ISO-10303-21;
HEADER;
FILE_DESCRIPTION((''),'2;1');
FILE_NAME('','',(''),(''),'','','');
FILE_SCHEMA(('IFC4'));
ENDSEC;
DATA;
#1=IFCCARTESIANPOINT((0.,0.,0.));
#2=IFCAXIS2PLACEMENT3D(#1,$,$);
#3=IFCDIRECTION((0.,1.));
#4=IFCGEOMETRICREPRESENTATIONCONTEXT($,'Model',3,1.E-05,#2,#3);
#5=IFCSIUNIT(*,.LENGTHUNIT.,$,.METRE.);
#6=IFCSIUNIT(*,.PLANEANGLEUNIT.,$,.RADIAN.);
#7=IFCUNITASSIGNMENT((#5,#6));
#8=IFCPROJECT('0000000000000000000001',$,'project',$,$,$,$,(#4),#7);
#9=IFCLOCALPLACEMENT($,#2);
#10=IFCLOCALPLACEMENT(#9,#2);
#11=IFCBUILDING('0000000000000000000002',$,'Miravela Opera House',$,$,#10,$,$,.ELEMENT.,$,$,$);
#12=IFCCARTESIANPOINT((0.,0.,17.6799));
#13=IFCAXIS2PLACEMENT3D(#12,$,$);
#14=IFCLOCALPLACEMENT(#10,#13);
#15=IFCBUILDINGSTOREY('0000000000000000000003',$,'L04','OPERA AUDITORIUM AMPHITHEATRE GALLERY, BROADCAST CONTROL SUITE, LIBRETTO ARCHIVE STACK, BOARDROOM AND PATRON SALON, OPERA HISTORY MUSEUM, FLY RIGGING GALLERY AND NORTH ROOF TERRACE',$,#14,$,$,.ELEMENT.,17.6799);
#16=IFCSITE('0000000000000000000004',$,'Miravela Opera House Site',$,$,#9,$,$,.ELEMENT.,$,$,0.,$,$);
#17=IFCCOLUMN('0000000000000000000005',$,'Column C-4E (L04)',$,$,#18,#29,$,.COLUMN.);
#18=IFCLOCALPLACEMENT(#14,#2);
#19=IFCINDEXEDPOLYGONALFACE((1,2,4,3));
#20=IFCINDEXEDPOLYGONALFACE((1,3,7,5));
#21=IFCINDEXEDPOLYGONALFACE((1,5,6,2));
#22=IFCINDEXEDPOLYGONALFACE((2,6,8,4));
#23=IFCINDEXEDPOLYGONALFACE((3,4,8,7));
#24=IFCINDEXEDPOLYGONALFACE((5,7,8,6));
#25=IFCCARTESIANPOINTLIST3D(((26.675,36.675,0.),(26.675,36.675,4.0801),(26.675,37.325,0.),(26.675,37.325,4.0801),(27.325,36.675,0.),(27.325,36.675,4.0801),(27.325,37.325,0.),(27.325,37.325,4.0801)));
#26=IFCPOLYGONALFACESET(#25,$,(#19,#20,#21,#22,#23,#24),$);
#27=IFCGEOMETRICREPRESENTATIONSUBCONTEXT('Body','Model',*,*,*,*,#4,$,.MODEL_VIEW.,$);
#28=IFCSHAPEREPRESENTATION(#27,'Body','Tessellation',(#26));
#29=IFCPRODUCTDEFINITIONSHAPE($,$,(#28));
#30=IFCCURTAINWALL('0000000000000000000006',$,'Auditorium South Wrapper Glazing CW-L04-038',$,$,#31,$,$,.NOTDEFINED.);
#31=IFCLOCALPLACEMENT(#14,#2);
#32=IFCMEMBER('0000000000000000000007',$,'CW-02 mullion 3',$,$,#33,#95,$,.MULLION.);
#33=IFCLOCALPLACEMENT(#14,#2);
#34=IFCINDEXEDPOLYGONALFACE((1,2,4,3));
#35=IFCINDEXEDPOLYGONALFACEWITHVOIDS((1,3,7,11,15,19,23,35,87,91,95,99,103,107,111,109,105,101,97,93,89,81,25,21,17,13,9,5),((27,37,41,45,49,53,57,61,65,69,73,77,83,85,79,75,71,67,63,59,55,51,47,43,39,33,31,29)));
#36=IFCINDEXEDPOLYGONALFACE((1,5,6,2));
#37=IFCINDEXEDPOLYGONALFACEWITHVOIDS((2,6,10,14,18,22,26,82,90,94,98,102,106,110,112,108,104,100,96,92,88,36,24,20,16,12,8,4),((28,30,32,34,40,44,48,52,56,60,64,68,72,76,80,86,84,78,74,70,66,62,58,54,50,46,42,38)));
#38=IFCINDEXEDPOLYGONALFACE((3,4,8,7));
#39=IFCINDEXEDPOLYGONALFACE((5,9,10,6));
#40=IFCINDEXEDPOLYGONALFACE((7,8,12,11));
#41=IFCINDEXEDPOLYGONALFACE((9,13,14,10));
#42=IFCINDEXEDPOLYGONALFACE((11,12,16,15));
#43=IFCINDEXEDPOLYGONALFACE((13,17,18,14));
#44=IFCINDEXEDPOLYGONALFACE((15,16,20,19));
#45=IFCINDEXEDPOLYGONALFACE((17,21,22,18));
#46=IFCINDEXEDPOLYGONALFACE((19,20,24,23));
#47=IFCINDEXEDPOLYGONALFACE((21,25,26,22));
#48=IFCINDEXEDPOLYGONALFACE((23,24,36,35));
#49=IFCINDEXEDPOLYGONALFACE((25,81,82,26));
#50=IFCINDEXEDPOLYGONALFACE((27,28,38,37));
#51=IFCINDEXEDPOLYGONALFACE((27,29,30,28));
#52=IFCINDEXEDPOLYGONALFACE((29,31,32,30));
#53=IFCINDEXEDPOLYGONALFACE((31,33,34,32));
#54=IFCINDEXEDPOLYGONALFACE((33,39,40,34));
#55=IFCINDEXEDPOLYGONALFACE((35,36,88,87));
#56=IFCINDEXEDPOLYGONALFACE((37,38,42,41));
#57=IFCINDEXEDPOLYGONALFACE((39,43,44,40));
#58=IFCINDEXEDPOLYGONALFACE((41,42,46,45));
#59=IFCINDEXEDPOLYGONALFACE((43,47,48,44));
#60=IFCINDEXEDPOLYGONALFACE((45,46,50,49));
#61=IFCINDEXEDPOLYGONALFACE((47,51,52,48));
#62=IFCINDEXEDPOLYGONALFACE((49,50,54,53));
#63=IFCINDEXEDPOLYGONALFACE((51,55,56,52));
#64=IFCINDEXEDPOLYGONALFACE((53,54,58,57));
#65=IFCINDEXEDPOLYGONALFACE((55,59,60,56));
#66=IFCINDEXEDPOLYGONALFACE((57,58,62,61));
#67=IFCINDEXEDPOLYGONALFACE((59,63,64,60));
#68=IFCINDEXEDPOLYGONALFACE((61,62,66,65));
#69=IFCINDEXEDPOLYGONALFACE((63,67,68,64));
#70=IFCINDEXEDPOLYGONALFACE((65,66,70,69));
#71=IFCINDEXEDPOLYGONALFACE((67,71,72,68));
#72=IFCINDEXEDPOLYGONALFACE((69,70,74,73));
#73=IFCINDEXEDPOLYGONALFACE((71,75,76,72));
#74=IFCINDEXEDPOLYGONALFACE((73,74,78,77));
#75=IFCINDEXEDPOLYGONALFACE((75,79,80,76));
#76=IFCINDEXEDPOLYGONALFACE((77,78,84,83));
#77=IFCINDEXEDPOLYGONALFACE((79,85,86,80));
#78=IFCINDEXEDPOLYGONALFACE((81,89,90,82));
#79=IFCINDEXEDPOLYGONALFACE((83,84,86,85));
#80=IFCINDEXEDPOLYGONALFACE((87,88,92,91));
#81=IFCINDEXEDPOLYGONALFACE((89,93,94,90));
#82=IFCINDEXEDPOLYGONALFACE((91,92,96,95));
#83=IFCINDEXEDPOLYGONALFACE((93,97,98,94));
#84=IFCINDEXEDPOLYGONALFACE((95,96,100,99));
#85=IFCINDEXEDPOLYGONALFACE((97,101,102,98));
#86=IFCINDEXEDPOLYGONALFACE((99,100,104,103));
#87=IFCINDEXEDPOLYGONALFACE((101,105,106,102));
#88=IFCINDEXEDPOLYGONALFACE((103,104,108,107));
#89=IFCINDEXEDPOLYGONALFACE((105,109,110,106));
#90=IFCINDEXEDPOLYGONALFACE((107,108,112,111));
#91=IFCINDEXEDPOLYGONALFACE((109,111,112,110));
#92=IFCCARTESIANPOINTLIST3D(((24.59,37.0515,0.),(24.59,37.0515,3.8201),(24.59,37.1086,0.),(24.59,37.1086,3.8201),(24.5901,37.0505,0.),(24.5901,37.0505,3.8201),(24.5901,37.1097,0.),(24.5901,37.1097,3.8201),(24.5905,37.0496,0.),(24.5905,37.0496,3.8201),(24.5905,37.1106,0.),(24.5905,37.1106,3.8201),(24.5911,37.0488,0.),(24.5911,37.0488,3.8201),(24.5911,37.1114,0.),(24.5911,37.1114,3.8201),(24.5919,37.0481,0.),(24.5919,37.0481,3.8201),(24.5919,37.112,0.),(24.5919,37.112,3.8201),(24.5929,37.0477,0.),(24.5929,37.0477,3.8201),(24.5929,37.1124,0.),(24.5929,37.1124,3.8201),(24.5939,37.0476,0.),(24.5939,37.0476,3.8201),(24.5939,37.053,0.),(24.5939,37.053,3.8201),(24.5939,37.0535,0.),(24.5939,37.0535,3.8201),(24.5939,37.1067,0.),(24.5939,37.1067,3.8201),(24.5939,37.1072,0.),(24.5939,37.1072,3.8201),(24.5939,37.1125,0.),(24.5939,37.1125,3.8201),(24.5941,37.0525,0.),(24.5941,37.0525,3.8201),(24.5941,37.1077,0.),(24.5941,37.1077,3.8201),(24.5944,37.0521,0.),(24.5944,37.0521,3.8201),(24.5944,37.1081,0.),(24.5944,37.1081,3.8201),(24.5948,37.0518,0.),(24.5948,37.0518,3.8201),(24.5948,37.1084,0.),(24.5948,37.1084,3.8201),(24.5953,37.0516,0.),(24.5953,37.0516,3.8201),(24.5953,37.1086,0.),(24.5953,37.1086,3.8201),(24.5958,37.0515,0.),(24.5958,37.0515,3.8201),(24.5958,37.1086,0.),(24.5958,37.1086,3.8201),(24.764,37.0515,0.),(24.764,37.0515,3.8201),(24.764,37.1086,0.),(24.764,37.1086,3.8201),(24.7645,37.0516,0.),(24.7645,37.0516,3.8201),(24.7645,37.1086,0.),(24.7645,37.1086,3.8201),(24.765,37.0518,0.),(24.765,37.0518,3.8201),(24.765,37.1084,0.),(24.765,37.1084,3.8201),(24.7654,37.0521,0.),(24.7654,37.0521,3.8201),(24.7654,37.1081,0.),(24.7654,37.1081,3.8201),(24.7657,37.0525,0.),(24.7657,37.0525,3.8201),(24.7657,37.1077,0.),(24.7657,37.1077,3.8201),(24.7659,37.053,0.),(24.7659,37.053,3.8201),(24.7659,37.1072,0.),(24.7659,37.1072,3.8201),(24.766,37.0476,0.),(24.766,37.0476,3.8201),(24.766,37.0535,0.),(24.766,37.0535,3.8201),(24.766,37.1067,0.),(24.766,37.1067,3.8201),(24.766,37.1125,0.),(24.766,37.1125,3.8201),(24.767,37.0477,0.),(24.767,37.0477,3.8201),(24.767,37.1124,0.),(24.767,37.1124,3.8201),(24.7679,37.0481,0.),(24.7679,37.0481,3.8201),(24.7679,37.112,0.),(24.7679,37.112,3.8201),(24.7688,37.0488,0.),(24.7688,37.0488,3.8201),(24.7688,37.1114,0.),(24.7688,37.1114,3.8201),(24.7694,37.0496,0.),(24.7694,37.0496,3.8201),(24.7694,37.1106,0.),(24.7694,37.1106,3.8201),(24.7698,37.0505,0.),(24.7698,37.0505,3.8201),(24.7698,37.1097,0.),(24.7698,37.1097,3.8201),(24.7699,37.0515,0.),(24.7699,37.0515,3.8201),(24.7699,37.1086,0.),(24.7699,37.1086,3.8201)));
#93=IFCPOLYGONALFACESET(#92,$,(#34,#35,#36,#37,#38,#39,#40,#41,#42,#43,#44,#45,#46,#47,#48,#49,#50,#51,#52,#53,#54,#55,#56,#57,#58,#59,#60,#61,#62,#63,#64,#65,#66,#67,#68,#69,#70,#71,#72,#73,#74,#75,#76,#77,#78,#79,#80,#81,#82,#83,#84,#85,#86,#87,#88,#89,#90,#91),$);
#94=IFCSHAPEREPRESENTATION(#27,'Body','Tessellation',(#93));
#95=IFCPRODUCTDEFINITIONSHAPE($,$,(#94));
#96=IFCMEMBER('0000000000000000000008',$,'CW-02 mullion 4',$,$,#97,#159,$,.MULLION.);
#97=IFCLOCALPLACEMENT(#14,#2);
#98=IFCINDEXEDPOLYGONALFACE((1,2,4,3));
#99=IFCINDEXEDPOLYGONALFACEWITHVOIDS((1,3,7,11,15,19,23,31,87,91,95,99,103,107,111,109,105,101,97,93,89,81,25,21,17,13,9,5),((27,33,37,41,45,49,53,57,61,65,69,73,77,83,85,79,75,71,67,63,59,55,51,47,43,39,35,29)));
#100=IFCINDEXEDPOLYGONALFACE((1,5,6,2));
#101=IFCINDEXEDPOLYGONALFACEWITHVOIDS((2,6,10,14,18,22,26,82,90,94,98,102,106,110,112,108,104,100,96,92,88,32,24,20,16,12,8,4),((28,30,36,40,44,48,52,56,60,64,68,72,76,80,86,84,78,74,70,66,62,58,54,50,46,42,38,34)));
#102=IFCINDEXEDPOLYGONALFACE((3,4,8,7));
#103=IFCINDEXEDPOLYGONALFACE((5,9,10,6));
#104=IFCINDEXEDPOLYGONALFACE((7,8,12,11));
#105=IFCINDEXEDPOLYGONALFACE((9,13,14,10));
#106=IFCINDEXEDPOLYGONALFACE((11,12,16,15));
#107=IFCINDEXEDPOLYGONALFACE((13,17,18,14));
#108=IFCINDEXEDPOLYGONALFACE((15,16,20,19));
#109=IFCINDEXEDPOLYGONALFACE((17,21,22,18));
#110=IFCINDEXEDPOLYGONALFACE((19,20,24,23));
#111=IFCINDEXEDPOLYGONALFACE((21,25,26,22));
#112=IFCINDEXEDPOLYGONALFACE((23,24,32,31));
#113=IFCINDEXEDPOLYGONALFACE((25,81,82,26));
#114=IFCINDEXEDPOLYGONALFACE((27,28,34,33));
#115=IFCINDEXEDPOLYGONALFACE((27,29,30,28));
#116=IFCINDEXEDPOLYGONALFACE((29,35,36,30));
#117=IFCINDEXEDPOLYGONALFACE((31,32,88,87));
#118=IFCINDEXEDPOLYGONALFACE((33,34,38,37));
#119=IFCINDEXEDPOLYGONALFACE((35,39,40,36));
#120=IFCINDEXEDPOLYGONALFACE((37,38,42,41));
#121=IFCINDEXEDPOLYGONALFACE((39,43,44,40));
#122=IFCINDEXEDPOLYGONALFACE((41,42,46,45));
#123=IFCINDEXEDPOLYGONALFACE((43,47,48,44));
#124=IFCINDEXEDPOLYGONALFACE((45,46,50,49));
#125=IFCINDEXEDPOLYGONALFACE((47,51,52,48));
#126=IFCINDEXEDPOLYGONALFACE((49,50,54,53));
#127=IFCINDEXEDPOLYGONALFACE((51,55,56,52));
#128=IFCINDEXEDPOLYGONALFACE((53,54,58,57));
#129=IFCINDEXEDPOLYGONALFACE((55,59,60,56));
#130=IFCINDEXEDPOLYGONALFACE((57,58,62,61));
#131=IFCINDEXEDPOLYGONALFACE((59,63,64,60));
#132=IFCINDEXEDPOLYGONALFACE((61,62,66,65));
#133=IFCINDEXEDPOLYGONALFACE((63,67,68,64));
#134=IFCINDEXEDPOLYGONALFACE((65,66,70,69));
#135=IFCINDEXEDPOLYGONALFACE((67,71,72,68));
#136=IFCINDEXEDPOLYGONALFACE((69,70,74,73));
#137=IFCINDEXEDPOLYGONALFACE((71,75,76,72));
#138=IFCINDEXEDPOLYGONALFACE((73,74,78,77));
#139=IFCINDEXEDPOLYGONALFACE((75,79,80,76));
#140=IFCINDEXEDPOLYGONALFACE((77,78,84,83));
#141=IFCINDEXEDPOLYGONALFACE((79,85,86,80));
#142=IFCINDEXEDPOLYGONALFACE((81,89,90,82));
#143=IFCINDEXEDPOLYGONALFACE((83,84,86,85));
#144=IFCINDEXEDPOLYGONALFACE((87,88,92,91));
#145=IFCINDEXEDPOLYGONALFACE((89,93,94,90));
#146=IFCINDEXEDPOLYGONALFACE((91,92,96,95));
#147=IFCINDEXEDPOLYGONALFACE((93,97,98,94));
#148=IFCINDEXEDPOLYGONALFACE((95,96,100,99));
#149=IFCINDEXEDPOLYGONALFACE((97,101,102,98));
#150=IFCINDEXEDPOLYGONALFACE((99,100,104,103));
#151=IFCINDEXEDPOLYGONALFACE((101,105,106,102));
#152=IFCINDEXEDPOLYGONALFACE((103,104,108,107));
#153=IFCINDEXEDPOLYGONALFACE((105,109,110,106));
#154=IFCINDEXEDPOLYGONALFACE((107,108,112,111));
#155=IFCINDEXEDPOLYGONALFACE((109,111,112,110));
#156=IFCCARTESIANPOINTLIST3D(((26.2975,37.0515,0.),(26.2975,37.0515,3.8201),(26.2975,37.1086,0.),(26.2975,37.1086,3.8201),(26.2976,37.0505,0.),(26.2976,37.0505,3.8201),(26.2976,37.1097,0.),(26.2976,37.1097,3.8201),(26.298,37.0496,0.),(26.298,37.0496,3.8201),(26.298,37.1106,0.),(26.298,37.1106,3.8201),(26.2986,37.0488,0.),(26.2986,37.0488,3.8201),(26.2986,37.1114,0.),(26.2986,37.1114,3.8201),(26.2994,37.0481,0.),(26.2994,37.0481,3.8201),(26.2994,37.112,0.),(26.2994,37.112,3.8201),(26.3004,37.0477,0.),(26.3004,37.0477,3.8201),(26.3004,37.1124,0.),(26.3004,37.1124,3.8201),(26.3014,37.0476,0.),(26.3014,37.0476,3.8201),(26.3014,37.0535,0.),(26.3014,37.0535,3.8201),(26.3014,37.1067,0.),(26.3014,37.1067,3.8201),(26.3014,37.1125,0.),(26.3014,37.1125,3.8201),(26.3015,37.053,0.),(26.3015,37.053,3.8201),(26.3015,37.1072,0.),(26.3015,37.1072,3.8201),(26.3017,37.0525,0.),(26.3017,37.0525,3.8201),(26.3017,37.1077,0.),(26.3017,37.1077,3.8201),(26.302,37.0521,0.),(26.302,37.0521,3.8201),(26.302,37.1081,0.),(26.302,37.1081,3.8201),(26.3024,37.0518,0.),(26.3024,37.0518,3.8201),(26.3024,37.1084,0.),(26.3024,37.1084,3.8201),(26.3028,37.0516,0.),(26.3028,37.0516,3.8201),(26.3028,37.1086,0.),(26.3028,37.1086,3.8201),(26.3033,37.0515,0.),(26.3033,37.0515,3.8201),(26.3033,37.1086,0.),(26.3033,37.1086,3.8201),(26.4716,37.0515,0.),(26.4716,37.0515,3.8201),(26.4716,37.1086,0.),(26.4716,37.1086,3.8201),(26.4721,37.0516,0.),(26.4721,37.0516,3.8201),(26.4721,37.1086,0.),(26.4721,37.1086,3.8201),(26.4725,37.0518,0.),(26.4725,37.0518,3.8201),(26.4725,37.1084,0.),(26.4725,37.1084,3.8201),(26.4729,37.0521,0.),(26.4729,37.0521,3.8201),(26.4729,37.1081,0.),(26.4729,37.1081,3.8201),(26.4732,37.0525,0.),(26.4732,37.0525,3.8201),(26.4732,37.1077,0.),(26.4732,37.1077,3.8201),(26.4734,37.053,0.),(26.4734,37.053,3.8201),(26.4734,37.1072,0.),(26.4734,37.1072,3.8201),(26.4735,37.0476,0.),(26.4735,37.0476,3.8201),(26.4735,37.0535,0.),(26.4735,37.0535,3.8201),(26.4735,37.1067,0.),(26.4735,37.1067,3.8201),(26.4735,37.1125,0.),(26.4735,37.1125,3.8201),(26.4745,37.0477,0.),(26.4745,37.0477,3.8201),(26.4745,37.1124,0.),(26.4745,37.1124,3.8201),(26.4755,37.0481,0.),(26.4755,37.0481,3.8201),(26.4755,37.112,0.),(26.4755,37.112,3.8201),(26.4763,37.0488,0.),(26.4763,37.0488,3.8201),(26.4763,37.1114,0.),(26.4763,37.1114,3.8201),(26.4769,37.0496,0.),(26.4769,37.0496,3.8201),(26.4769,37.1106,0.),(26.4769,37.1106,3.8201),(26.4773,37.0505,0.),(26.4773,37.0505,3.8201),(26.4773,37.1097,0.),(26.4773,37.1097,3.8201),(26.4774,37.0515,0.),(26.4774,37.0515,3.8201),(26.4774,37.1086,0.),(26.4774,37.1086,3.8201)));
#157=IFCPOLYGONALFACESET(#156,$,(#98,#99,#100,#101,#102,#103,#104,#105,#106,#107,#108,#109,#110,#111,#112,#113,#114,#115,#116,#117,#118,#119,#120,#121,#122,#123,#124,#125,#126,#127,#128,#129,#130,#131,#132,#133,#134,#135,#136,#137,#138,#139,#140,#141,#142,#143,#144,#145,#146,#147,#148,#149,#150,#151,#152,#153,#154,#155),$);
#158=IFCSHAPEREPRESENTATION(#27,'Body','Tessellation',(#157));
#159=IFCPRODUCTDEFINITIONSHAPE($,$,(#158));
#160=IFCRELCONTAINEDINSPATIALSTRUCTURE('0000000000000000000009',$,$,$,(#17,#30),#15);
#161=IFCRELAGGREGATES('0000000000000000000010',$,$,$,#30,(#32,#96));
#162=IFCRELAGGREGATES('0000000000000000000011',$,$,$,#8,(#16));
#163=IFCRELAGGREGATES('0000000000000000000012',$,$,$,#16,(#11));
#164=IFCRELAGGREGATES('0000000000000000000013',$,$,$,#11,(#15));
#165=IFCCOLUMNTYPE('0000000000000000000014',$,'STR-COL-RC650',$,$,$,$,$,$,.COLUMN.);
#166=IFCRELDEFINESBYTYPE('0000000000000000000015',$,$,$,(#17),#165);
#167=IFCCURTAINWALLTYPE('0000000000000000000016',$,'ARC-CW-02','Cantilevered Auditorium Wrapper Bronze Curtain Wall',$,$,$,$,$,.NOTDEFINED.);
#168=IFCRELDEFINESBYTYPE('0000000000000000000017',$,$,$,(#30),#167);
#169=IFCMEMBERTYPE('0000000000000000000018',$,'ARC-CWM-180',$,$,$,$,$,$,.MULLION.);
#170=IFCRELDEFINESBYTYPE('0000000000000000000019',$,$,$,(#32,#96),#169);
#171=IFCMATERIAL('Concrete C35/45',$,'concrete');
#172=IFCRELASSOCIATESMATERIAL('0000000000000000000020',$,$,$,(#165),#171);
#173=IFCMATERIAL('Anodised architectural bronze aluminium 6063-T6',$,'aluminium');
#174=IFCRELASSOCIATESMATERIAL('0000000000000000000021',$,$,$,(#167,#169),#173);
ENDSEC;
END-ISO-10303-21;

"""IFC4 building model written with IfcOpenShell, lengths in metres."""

from ifc_helpers import new_model, si_unit, direction, frame, origin, origin_2d, place, context, subcontext, project, spatial, rectangle, hollow_rectangle, extrude, material, material_profile, profile_set, type_object, element, aggregate, save


model = new_model("IFC4")

# Units and contexts
model_context = context("Model", 3, precision=1e-05, world=origin(), true_north=direction((0.0, 1.0)))
body_context = subcontext(model_context, "Body", "Model", "MODEL_VIEW")
ifc_project = project(units=[si_unit("LENGTHUNIT", "METRE"), si_unit("PLANEANGLEUNIT", "RADIAN")], contexts=[model_context])

# Site, building, storey
site_placement = place(None, origin())
site = spatial("IfcSite", under=ifc_project, at=site_placement, Name="Miravela Opera House Site", CompositionType="ELEMENT", RefElevation=0.0)
building_placement = place(site_placement, origin())
building = spatial("IfcBuilding", under=site, at=building_placement, Name="Miravela Opera House", CompositionType="ELEMENT")
storey_placement = place(building_placement, frame((0.0, 0.0, 17.6799)))
storey = spatial("IfcBuildingStorey", under=building, at=storey_placement, Name="L04", Description="OPERA AUDITORIUM AMPHITHEATRE GALLERY, BROADCAST CONTROL SUITE, LIBRETTO ARCHIVE STACK, BOARDROOM AND PATRON SALON, OPERA HISTORY MUSEUM, FLY RIGGING GALLERY AND NORTH ROOF TERRACE", CompositionType="ELEMENT", Elevation=17.6799)

# Column
ifc_material_1 = material(Name="Concrete C35/45", Category="concrete")
ifc_material_profile_1 = material_profile(ifc_material_1, rectangle(XDim=0.6499, YDim=0.6499, at=origin_2d()), Name="RC-COL-650X650")
ifc_profile_set_1 = profile_set([ifc_material_profile_1])
column_type = type_object("IfcColumnType", Name="STR-COL-RC650", PredefinedType="COLUMN", material=ifc_profile_set_1)
column_placement = place(storey_placement, frame((27.0, 37.0, 0.0), z_axis=(0.0, 0.0, 1.0), x_axis=(1.0, 0.0, 0.0)))
element("IfcColumn", 1, at=column_placement, inside=storey, type_object=column_type, Name="Column C-4E (L04)", PredefinedType="COLUMN", context=body_context, shape_type="SweptSolid", body=[
    extrude(rectangle(XDim=0.6499, YDim=0.6499, at=origin_2d()), origin(), (0.0, 0.0, 1.0), 4.0801),
])

# Curtain wall, members
ifc_material_2 = material(Name="Anodised architectural bronze aluminium 6063-T6", Category="aluminium")
curtain_wall_type = type_object("IfcCurtainWallType", Name="ARC-CW-02", Description="Cantilevered Auditorium Wrapper Bronze Curtain Wall", PredefinedType="NOTDEFINED", material=ifc_material_2)
curtain_wall_1_placement = place(storey_placement, origin())
curtain_wall_1 = element("IfcCurtainWall", 2, at=curtain_wall_1_placement, inside=storey, type_object=curtain_wall_type, Name="Auditorium South Wrapper Glazing CW-L04-038", PredefinedType="NOTDEFINED")
ifc_material_profile_2 = material_profile(ifc_material_2, hollow_rectangle(XDim=0.0649, YDim=0.1799, WallThickness=0.0039, InnerFilletRadius=0.002, OuterFilletRadius=0.0039, at=origin_2d()), Name="CWM-65X180")
ifc_profile_set_2 = profile_set([ifc_material_profile_2])
member_type_1 = type_object("IfcMemberType", Name="ARC-CWM-180", PredefinedType="MULLION", material=ifc_profile_set_2)
member_1_placement = place(storey_placement, frame((24.6799, 37.0801, 0.0), z_axis=(0.0, 0.0, 1.0), x_axis=(0.0, 1.0, 0.0)))
member_1 = element("IfcMember", 3, at=member_1_placement, type_object=member_type_1, Name="CW-02 mullion 3", PredefinedType="MULLION", context=body_context, shape_type="SweptSolid", body=[
    extrude(hollow_rectangle(XDim=0.0649, YDim=0.1799, WallThickness=0.0039, InnerFilletRadius=0.002, OuterFilletRadius=0.0039, at=origin_2d()), origin(), (0.0, 0.0, 1.0), 3.8201),
])
member_2_placement = place(storey_placement, frame((26.3875, 37.0801, 0.0), z_axis=(0.0, 0.0, 1.0), x_axis=(0.0, 1.0, 0.0)))
member_2 = element("IfcMember", 4, at=member_2_placement, type_object=member_type_1, Name="CW-02 mullion 4", PredefinedType="MULLION", context=body_context, shape_type="SweptSolid", body=[
    extrude(hollow_rectangle(XDim=0.0649, YDim=0.1799, WallThickness=0.0039, InnerFilletRadius=0.002, OuterFilletRadius=0.0039, at=origin_2d()), origin(), (0.0, 0.0, 1.0), 3.8201),
])

aggregate(curtain_wall_1, [member_1, member_2])

save(model, "model.ifc")
